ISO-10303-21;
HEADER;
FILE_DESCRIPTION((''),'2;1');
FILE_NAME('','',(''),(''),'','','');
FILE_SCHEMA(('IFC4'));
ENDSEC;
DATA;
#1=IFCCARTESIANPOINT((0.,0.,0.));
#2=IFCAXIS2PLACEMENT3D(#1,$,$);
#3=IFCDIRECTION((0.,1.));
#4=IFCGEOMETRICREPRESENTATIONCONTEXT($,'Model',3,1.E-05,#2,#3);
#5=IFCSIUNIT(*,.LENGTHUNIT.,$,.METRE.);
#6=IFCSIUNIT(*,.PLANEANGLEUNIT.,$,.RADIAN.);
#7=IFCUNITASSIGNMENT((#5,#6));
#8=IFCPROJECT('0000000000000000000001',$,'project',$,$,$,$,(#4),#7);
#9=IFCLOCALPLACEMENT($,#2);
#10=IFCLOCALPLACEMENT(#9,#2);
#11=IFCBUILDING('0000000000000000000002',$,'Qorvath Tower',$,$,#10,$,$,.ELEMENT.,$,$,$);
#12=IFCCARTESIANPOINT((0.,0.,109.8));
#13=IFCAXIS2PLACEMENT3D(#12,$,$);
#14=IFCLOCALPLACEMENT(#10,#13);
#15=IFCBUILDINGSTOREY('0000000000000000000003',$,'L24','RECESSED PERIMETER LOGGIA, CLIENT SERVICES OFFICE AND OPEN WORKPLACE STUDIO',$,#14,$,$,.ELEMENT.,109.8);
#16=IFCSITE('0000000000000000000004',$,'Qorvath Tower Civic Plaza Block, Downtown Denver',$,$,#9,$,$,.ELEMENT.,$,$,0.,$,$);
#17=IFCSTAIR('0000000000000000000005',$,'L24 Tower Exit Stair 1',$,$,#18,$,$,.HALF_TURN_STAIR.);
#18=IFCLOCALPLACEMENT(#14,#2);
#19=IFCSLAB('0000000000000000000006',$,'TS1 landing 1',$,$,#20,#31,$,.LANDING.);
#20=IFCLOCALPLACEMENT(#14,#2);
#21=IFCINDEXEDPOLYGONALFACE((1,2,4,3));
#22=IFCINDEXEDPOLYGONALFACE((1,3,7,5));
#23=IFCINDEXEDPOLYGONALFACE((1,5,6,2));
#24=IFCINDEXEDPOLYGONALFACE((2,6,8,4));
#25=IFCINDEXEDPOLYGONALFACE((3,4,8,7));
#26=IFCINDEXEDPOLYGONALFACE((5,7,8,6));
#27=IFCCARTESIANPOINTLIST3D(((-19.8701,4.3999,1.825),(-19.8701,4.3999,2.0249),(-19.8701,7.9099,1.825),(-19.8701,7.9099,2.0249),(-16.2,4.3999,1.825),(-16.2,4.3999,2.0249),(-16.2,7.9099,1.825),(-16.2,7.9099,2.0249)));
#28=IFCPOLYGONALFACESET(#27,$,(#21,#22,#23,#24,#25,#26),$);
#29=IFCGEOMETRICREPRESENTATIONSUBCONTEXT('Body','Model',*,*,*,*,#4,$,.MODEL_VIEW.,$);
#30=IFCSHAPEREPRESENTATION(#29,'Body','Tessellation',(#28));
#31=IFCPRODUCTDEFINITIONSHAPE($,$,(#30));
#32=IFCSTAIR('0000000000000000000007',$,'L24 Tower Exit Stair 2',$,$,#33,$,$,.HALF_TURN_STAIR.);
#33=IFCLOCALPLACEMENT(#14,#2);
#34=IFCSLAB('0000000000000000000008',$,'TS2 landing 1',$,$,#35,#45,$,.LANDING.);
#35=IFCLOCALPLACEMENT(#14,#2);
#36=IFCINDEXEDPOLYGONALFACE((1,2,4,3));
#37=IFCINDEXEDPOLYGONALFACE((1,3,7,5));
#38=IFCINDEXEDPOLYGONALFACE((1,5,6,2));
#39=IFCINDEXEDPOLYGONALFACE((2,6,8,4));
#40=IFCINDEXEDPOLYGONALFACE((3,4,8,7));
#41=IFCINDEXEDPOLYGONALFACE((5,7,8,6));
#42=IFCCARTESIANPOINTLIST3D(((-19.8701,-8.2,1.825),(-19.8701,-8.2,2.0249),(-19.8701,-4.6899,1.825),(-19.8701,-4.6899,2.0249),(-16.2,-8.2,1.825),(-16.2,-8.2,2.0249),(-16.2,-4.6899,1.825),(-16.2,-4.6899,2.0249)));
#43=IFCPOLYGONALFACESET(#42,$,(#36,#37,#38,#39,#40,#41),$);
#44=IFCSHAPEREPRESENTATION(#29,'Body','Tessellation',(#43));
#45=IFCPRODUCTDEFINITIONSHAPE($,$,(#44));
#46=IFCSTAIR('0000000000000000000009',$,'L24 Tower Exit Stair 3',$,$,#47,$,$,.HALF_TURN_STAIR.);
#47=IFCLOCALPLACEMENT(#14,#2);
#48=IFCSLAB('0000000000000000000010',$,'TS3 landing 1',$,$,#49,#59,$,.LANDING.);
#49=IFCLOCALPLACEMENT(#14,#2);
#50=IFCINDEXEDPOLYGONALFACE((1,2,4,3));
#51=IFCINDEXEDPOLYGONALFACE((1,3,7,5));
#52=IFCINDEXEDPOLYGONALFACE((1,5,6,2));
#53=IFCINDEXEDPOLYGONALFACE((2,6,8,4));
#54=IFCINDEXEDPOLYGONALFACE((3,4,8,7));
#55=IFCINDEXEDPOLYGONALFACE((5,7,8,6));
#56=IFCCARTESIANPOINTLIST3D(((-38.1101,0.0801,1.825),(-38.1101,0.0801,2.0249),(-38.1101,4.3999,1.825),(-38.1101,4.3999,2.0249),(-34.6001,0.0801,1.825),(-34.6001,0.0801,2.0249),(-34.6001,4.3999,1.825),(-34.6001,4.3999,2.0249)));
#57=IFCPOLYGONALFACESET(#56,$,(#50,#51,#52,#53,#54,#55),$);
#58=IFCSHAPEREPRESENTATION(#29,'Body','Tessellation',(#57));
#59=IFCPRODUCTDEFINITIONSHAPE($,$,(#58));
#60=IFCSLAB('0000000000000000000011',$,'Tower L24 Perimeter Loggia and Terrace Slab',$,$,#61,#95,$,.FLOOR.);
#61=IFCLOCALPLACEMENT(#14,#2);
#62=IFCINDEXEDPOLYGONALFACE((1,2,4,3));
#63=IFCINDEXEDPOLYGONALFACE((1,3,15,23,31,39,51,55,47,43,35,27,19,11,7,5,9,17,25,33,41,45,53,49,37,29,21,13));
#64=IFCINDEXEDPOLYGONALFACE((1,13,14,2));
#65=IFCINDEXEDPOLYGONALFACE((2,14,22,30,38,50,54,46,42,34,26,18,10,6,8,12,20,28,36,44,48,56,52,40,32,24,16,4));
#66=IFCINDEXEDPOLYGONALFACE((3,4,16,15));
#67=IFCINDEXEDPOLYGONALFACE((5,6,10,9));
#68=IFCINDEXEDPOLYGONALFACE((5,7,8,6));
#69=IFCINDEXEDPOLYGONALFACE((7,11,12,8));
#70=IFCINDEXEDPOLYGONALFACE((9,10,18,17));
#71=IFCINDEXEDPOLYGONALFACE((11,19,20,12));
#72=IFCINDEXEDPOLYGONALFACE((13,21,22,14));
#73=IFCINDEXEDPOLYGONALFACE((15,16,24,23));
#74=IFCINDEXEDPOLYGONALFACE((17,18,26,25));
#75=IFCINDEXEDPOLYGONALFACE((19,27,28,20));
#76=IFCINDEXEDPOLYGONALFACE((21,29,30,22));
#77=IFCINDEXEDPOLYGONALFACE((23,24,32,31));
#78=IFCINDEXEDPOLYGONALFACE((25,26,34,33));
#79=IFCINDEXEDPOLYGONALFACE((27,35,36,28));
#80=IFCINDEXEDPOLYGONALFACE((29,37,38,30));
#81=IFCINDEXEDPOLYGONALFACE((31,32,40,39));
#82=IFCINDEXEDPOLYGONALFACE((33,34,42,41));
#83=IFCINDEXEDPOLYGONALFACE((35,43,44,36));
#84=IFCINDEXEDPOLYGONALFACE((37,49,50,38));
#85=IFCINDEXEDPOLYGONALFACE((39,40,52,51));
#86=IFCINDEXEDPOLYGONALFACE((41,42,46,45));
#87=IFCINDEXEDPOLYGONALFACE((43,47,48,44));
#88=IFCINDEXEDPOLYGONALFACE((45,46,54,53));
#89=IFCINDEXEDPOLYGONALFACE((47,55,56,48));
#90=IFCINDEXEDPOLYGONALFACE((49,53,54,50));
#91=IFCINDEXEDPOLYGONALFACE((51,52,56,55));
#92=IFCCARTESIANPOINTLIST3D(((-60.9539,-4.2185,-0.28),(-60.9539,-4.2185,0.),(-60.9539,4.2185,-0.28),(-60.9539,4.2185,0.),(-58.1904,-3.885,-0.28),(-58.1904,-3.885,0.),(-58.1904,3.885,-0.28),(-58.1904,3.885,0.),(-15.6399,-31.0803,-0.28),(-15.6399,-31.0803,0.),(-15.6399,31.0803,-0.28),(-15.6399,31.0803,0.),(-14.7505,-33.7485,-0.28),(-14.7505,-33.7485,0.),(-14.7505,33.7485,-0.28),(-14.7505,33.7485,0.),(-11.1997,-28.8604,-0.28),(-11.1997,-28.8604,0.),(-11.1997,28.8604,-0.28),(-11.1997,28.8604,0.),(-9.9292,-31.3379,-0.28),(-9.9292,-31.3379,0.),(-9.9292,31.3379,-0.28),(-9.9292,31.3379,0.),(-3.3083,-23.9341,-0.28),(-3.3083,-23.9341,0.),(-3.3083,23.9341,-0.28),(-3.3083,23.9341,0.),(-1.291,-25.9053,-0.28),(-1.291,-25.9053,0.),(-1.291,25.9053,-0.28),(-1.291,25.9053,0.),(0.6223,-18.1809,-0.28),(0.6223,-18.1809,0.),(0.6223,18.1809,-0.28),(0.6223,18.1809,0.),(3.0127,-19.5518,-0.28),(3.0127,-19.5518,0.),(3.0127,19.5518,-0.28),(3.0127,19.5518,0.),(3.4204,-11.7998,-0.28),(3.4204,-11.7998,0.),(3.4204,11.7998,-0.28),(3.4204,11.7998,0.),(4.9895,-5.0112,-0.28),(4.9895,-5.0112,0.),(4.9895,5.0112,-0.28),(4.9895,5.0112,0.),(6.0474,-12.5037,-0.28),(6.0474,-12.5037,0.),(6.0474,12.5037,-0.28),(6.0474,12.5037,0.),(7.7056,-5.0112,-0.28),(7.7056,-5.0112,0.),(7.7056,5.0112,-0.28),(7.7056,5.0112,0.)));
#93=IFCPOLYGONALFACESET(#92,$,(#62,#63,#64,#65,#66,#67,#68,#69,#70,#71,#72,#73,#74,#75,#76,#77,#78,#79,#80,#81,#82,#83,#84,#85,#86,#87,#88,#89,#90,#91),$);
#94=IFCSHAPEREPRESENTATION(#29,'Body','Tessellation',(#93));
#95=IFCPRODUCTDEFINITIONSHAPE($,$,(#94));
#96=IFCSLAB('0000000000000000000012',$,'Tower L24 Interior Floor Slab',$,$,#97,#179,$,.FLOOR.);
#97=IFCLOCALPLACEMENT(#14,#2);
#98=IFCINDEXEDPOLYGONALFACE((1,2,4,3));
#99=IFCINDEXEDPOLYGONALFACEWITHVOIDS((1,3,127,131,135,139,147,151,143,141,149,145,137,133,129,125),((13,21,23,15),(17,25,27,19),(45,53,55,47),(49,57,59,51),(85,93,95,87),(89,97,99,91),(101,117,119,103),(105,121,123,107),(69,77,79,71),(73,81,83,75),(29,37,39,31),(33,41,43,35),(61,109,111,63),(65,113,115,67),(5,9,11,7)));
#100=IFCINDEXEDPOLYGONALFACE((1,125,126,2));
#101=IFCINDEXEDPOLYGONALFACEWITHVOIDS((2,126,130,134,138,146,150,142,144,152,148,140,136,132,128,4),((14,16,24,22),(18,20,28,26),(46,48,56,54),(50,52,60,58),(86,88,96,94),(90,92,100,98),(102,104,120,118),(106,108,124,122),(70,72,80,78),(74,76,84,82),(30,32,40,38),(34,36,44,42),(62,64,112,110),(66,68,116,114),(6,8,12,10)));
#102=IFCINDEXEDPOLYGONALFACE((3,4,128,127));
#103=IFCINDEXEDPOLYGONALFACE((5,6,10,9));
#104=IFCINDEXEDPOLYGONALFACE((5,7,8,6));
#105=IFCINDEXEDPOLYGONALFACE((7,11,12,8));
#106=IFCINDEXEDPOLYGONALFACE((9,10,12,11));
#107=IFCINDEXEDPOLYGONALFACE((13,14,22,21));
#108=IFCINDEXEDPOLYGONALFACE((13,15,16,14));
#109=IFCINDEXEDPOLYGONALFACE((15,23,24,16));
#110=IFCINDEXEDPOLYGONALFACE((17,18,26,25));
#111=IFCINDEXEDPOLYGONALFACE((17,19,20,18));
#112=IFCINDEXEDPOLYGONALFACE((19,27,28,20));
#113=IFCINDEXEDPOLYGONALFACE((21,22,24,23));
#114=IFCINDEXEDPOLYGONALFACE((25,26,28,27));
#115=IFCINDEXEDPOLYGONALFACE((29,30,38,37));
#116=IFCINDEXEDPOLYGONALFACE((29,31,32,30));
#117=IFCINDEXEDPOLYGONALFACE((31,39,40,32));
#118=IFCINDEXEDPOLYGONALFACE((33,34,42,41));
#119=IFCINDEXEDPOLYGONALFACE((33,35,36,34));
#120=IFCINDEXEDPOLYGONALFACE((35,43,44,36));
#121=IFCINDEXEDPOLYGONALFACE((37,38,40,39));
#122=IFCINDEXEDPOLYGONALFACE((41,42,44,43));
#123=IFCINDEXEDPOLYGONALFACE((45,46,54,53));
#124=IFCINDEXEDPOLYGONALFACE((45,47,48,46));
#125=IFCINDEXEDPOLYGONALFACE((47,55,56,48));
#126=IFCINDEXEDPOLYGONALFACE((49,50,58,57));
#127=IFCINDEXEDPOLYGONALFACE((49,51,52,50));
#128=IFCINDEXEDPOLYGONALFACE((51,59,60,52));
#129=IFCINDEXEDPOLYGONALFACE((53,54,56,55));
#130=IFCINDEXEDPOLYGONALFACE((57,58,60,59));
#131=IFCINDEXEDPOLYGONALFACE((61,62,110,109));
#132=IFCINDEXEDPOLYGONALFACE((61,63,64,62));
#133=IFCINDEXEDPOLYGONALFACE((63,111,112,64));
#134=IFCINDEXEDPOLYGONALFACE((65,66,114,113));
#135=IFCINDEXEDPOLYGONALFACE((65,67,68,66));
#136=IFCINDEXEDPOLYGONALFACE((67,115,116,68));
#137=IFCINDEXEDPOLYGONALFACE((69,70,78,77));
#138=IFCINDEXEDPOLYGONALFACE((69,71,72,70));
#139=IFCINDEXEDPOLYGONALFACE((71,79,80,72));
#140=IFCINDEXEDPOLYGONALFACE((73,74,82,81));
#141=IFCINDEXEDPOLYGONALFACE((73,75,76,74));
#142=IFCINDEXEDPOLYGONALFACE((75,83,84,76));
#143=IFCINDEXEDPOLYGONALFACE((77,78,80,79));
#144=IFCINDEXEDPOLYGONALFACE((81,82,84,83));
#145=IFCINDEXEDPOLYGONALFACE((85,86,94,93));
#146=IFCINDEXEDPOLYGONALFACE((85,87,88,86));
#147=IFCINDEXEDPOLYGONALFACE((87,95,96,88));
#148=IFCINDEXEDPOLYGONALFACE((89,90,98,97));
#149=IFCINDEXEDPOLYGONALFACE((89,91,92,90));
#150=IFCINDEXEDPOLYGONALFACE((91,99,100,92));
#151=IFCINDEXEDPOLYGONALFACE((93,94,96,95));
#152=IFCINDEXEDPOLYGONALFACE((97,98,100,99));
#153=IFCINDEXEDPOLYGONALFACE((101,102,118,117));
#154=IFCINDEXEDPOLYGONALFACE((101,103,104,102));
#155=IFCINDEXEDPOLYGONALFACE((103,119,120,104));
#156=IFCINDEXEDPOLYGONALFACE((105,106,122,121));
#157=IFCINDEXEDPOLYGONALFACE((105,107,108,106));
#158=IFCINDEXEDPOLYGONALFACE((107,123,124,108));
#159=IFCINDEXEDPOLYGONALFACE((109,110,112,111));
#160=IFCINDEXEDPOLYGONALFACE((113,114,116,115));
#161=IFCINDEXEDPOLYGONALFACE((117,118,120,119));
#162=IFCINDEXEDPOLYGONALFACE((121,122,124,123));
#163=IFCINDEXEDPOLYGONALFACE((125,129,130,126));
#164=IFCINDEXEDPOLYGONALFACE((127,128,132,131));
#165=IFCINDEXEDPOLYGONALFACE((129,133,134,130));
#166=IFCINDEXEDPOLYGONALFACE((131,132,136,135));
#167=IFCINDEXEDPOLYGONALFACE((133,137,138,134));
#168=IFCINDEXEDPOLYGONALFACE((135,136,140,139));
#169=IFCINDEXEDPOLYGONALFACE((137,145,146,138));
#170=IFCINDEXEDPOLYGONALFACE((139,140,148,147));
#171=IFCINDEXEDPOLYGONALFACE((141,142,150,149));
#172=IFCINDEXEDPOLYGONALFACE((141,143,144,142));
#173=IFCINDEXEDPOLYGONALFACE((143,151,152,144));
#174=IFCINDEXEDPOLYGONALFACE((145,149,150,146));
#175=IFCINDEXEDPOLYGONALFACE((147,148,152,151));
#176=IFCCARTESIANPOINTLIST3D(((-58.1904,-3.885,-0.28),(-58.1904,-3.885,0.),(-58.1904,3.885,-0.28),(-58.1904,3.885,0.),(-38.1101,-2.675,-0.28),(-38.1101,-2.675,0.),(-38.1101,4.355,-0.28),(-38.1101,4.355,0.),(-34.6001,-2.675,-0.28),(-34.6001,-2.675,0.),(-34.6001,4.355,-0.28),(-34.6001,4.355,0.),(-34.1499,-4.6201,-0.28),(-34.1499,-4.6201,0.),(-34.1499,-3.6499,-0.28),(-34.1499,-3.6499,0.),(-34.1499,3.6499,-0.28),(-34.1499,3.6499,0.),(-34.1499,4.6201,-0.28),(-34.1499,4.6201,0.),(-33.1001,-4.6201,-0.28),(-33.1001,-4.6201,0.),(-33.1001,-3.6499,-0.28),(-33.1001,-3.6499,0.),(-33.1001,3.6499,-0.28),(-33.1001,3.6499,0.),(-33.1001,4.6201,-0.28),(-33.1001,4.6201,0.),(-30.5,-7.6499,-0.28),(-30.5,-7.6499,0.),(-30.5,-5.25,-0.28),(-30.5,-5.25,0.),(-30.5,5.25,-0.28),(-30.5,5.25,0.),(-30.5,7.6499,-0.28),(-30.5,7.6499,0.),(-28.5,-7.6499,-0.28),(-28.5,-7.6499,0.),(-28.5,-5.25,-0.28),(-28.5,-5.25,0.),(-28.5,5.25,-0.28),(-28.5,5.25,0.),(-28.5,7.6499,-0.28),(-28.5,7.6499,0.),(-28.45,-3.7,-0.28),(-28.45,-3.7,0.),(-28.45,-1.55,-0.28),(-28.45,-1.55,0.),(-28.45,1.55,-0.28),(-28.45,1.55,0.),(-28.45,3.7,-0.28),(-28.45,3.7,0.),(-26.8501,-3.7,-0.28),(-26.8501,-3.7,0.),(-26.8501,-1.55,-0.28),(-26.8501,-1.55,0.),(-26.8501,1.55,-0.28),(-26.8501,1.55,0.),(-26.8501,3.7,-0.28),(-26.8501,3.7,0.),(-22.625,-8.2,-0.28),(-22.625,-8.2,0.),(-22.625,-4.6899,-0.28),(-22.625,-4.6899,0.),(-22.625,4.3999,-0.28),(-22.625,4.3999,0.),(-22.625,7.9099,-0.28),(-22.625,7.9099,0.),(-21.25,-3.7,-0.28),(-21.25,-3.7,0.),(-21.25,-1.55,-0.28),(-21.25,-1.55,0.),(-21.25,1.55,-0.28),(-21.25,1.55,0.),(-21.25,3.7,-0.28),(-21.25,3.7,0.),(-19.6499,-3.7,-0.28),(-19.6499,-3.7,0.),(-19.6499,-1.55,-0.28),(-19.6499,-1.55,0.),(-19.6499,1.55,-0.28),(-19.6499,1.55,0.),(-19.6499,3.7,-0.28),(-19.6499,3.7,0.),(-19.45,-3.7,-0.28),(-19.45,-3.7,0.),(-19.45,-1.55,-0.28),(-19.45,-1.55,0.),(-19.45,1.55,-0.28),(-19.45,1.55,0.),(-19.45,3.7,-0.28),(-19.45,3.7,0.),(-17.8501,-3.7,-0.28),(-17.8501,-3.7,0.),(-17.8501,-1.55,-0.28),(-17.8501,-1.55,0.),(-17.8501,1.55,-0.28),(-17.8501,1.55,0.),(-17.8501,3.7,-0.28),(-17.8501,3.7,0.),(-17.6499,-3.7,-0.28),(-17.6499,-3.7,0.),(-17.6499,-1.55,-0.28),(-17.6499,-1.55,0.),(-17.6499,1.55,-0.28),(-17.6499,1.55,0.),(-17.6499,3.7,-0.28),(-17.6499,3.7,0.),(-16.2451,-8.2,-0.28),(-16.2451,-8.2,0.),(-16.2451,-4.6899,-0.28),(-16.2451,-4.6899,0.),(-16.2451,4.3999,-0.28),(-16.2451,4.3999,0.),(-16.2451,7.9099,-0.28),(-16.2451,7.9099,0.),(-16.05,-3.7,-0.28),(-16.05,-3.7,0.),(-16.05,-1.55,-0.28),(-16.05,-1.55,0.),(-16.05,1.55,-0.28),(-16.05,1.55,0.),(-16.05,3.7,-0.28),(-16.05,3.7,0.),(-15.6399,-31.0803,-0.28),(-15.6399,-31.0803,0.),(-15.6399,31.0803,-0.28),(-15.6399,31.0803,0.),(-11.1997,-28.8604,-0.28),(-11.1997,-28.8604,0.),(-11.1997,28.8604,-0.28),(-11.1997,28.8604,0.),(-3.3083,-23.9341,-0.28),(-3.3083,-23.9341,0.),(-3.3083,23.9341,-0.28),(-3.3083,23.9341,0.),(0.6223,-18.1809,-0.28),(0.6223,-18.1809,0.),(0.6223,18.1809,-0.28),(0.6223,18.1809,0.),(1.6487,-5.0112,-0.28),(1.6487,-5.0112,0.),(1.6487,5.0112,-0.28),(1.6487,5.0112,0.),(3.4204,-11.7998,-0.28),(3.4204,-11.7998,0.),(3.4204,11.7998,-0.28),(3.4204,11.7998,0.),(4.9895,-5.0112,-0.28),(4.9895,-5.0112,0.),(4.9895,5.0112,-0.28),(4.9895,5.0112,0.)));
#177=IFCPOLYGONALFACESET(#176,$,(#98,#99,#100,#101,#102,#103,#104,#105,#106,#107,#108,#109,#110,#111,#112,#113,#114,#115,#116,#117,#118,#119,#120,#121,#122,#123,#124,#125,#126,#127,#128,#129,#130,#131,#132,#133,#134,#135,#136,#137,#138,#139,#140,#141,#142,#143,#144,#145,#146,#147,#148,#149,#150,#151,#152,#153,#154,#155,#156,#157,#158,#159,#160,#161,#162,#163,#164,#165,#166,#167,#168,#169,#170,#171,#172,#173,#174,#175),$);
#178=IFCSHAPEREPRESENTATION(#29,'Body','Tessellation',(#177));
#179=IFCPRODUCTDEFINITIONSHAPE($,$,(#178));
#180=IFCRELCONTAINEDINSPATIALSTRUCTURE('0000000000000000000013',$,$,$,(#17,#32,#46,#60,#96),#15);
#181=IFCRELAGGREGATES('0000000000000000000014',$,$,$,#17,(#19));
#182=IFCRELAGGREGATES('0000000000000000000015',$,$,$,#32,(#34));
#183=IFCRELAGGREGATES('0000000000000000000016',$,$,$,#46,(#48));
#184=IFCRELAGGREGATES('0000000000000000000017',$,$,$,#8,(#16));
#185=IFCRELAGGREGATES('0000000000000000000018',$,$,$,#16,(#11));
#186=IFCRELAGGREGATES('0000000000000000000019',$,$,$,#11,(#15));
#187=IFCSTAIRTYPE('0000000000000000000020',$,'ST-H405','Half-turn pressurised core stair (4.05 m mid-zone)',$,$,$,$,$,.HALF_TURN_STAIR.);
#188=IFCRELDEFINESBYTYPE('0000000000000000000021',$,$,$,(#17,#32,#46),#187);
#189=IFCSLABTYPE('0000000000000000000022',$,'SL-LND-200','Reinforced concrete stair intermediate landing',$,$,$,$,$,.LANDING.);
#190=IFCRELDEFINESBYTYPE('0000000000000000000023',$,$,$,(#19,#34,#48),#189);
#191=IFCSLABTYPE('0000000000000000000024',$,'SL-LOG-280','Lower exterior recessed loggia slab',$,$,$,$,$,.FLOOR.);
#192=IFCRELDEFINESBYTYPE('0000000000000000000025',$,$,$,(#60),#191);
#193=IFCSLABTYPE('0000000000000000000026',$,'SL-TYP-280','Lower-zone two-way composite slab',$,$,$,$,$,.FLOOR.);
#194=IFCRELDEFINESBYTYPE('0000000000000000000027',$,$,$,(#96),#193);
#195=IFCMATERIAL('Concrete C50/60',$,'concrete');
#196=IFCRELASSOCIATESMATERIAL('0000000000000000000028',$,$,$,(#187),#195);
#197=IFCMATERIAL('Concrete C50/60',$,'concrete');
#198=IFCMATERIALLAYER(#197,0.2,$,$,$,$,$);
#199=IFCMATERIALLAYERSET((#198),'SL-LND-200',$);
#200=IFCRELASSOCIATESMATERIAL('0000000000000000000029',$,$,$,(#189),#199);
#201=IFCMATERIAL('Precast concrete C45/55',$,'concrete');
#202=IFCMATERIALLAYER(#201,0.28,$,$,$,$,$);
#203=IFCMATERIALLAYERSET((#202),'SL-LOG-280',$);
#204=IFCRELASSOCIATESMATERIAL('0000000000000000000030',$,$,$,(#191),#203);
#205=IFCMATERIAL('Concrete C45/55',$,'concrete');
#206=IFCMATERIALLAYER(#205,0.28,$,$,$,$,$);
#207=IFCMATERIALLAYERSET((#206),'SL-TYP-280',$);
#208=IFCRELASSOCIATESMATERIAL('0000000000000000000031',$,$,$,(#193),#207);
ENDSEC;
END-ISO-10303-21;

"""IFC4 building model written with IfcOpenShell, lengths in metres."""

from ifc_helpers import new_model, si_unit, direction, frame, origin, place, context, subcontext, project, spatial, polyline, outline, extrude, material, layer, layer_set, type_object, element, aggregate, save


model = new_model("IFC4")

# Units and contexts
model_context = context("Model", 3, precision=1e-05, world=origin(), true_north=direction((0.0, 1.0)))
body_context = subcontext(model_context, "Body", "Model", "MODEL_VIEW")
ifc_project = project(units=[si_unit("LENGTHUNIT", "METRE"), si_unit("PLANEANGLEUNIT", "RADIAN")], contexts=[model_context])

# Site, building, storey
site_placement = place(None, origin())
site = spatial("IfcSite", under=ifc_project, at=site_placement, Name="Qorvath Tower Civic Plaza Block, Downtown Denver", CompositionType="ELEMENT", RefElevation=0.0)
building_placement = place(site_placement, origin())
building = spatial("IfcBuilding", under=site, at=building_placement, Name="Qorvath Tower", CompositionType="ELEMENT")
storey_placement = place(building_placement, frame((0.0, 0.0, 109.8)))
storey = spatial("IfcBuildingStorey", under=building, at=storey_placement, Name="L24", Description="RECESSED PERIMETER LOGGIA, CLIENT SERVICES OFFICE AND OPEN WORKPLACE STUDIO", CompositionType="ELEMENT", Elevation=109.8)

# Stairs, slabs
ifc_material_1 = material(Name="Concrete C50/60", Category="concrete")
stair_type = type_object("IfcStairType", Name="ST-H405", Description="Half-turn pressurised core stair (4.05 m mid-zone)", PredefinedType="HALF_TURN_STAIR", material=ifc_material_1)
stair_1_placement = place(storey_placement, origin())
stair_1 = element("IfcStair", 1, at=stair_1_placement, inside=storey, type_object=stair_type, Name="L24 Tower Exit Stair 1", PredefinedType="HALF_TURN_STAIR")
ifc_material_2 = material(Name="Concrete C50/60", Category="concrete")
ifc_layer_1 = layer(ifc_material_2, 0.2)
ifc_layer_set_1 = layer_set([ifc_layer_1], Name="SL-LND-200")
slab_type_1 = type_object("IfcSlabType", Name="SL-LND-200", Description="Reinforced concrete stair intermediate landing", PredefinedType="LANDING", material=ifc_layer_set_1)
slab_1_placement = place(storey_placement, frame((0.0, 0.0, 1.825)))
slab_1 = element("IfcSlab", 2, at=slab_1_placement, type_object=slab_type_1, Name="TS1 landing 1", PredefinedType="LANDING", context=body_context, shape_type="SweptSolid", body=[
    extrude(outline(polyline([(-19.8701, 4.3999), (-16.2, 4.3999), (-16.2, 7.9099), (-19.8701, 7.9099), (-19.8701, 4.3999)])), origin(), (0.0, 0.0, 1.0), 0.2),
])
aggregate(stair_1, [slab_1])
stair_2_placement = place(storey_placement, origin())
stair_2 = element("IfcStair", 3, at=stair_2_placement, inside=storey, type_object=stair_type, Name="L24 Tower Exit Stair 2", PredefinedType="HALF_TURN_STAIR")
slab_2_placement = place(storey_placement, frame((0.0, 0.0, 1.825)))
slab_2 = element("IfcSlab", 4, at=slab_2_placement, type_object=slab_type_1, Name="TS2 landing 1", PredefinedType="LANDING", context=body_context, shape_type="SweptSolid", body=[
    extrude(outline(polyline([(-19.8701, -8.2), (-16.2, -8.2), (-16.2, -4.6899), (-19.8701, -4.6899), (-19.8701, -8.2)])), origin(), (0.0, 0.0, 1.0), 0.2),
])
aggregate(stair_2, [slab_2])
stair_3_placement = place(storey_placement, origin())
stair_3 = element("IfcStair", 5, at=stair_3_placement, inside=storey, type_object=stair_type, Name="L24 Tower Exit Stair 3", PredefinedType="HALF_TURN_STAIR")
slab_3_placement = place(storey_placement, frame((0.0, 0.0, 1.825)))
slab_3 = element("IfcSlab", 6, at=slab_3_placement, type_object=slab_type_1, Name="TS3 landing 1", PredefinedType="LANDING", context=body_context, shape_type="SweptSolid", body=[
    extrude(outline(polyline([(-34.6001, 0.0801), (-34.6001, 4.3999), (-38.1101, 4.3999), (-38.1101, 0.0801), (-34.6001, 0.0801)])), origin(), (0.0, 0.0, 1.0), 0.2),
])
aggregate(stair_3, [slab_3])

# Slabs
ifc_material_3 = material(Name="Precast concrete C45/55", Category="concrete")
ifc_layer_2 = layer(ifc_material_3, 0.28)
ifc_layer_set_2 = layer_set([ifc_layer_2], Name="SL-LOG-280")
slab_type_2 = type_object("IfcSlabType", Name="SL-LOG-280", Description="Lower exterior recessed loggia slab", PredefinedType="FLOOR", material=ifc_layer_set_2)
slab_4_placement = place(storey_placement, frame((0.0, 0.0, -0.28)))
element("IfcSlab", 7, at=slab_4_placement, inside=storey, type_object=slab_type_2, Name="Tower L24 Perimeter Loggia and Terrace Slab", PredefinedType="FLOOR", context=body_context, shape_type="SweptSolid", body=[
    extrude(outline(polyline([(-9.9292, 31.3379), (-14.7505, 33.7485), (-60.9539, 4.2185), (-60.9539, -4.2185), (-14.7505, -33.7485), (-9.9292, -31.3379), (-1.291, -25.9053), (3.0127, -19.5518), (6.0474, -12.5037), (7.7056, -5.0112), (4.9895, -5.0112), (3.4204, -11.7998), (0.6223, -18.1809), (-3.3083, -23.9341), (-11.1997, -28.8604), (-15.6399, -31.0803), (-58.1904, -3.885), (-58.1904, 3.885), (-15.6399, 31.0803), (-11.1997, 28.8604), (-3.3083, 23.9341), (0.6223, 18.1809), (3.4204, 11.7998), (4.9895, 5.0112), (7.7056, 5.0112), (6.0474, 12.5037), (3.0127, 19.5518), (-1.291, 25.9053), (-9.9292, 31.3379)])), origin(), (0.0, 0.0, 1.0), 0.28),
])
ifc_material_4 = material(Name="Concrete C45/55", Category="concrete")
ifc_layer_3 = layer(ifc_material_4, 0.28)
ifc_layer_set_3 = layer_set([ifc_layer_3], Name="SL-TYP-280")
slab_type_3 = type_object("IfcSlabType", Name="SL-TYP-280", Description="Lower-zone two-way composite slab", PredefinedType="FLOOR", material=ifc_layer_set_3)
slab_5_placement = place(storey_placement, frame((0.0, 0.0, -0.28)))
element("IfcSlab", 8, at=slab_5_placement, inside=storey, type_object=slab_type_3, Name="Tower L24 Interior Floor Slab", PredefinedType="FLOOR", context=body_context, shape_type="SweptSolid", body=[
    extrude(outline(polyline([(-58.1904, 3.885), (-58.1904, -3.885), (-15.6399, -31.0803), (-11.1997, -28.8604), (-3.3083, -23.9341), (0.6223, -18.1809), (3.4204, -11.7998), (4.9895, -5.0112), (1.6487, -5.0112), (1.6487, 5.0112), (4.9895, 5.0112), (3.4204, 11.7998), (0.6223, 18.1809), (-3.3083, 23.9341), (-11.1997, 28.8604), (-15.6399, 31.0803), (-58.1904, 3.885)]), holes=[polyline([(-17.6499, -3.7), (-17.6499, -1.55), (-16.05, -1.55), (-16.05, -3.7), (-17.6499, -3.7)]), polyline([(-17.6499, 1.55), (-17.6499, 3.7), (-16.05, 3.7), (-16.05, 1.55), (-17.6499, 1.55)]), polyline([(-22.625, -8.2), (-22.625, -4.6899), (-16.2451, -4.6899), (-16.2451, -8.2), (-22.625, -8.2)]), polyline([(-22.625, 4.3999), (-22.625, 7.9099), (-16.2451, 7.9099), (-16.2451, 4.3999), (-22.625, 4.3999)]), polyline([(-19.45, -3.7), (-19.45, -1.55), (-17.8501, -1.55), (-17.8501, -3.7), (-19.45, -3.7)]), polyline([(-19.45, 1.55), (-19.45, 3.7), (-17.8501, 3.7), (-17.8501, 1.55), (-19.45, 1.55)]), polyline([(-21.25, -3.7), (-21.25, -1.55), (-19.6499, -1.55), (-19.6499, -3.7), (-21.25, -3.7)]), polyline([(-21.25, 1.55), (-21.25, 3.7), (-19.6499, 3.7), (-19.6499, 1.55), (-21.25, 1.55)]), polyline([(-28.45, -3.7), (-28.45, -1.55), (-26.8501, -1.55), (-26.8501, -3.7), (-28.45, -3.7)]), polyline([(-28.45, 1.55), (-28.45, 3.7), (-26.8501, 3.7), (-26.8501, 1.55), (-28.45, 1.55)]), polyline([(-28.5, -7.6499), (-30.5, -7.6499), (-30.5, -5.25), (-28.5, -5.25), (-28.5, -7.6499)]), polyline([(-30.5, 5.25), (-30.5, 7.6499), (-28.5, 7.6499), (-28.5, 5.25), (-30.5, 5.25)]), polyline([(-34.1499, -4.6201), (-34.1499, -3.6499), (-33.1001, -3.6499), (-33.1001, -4.6201), (-34.1499, -4.6201)]), polyline([(-34.1499, 3.6499), (-34.1499, 4.6201), (-33.1001, 4.6201), (-33.1001, 3.6499), (-34.1499, 3.6499)]), polyline([(-34.6001, -2.675), (-38.1101, -2.675), (-38.1101, 4.355), (-34.6001, 4.355), (-34.6001, -2.675)])]), origin(), (0.0, 0.0, 1.0), 0.28),
])

save(model, "model.ifc")
